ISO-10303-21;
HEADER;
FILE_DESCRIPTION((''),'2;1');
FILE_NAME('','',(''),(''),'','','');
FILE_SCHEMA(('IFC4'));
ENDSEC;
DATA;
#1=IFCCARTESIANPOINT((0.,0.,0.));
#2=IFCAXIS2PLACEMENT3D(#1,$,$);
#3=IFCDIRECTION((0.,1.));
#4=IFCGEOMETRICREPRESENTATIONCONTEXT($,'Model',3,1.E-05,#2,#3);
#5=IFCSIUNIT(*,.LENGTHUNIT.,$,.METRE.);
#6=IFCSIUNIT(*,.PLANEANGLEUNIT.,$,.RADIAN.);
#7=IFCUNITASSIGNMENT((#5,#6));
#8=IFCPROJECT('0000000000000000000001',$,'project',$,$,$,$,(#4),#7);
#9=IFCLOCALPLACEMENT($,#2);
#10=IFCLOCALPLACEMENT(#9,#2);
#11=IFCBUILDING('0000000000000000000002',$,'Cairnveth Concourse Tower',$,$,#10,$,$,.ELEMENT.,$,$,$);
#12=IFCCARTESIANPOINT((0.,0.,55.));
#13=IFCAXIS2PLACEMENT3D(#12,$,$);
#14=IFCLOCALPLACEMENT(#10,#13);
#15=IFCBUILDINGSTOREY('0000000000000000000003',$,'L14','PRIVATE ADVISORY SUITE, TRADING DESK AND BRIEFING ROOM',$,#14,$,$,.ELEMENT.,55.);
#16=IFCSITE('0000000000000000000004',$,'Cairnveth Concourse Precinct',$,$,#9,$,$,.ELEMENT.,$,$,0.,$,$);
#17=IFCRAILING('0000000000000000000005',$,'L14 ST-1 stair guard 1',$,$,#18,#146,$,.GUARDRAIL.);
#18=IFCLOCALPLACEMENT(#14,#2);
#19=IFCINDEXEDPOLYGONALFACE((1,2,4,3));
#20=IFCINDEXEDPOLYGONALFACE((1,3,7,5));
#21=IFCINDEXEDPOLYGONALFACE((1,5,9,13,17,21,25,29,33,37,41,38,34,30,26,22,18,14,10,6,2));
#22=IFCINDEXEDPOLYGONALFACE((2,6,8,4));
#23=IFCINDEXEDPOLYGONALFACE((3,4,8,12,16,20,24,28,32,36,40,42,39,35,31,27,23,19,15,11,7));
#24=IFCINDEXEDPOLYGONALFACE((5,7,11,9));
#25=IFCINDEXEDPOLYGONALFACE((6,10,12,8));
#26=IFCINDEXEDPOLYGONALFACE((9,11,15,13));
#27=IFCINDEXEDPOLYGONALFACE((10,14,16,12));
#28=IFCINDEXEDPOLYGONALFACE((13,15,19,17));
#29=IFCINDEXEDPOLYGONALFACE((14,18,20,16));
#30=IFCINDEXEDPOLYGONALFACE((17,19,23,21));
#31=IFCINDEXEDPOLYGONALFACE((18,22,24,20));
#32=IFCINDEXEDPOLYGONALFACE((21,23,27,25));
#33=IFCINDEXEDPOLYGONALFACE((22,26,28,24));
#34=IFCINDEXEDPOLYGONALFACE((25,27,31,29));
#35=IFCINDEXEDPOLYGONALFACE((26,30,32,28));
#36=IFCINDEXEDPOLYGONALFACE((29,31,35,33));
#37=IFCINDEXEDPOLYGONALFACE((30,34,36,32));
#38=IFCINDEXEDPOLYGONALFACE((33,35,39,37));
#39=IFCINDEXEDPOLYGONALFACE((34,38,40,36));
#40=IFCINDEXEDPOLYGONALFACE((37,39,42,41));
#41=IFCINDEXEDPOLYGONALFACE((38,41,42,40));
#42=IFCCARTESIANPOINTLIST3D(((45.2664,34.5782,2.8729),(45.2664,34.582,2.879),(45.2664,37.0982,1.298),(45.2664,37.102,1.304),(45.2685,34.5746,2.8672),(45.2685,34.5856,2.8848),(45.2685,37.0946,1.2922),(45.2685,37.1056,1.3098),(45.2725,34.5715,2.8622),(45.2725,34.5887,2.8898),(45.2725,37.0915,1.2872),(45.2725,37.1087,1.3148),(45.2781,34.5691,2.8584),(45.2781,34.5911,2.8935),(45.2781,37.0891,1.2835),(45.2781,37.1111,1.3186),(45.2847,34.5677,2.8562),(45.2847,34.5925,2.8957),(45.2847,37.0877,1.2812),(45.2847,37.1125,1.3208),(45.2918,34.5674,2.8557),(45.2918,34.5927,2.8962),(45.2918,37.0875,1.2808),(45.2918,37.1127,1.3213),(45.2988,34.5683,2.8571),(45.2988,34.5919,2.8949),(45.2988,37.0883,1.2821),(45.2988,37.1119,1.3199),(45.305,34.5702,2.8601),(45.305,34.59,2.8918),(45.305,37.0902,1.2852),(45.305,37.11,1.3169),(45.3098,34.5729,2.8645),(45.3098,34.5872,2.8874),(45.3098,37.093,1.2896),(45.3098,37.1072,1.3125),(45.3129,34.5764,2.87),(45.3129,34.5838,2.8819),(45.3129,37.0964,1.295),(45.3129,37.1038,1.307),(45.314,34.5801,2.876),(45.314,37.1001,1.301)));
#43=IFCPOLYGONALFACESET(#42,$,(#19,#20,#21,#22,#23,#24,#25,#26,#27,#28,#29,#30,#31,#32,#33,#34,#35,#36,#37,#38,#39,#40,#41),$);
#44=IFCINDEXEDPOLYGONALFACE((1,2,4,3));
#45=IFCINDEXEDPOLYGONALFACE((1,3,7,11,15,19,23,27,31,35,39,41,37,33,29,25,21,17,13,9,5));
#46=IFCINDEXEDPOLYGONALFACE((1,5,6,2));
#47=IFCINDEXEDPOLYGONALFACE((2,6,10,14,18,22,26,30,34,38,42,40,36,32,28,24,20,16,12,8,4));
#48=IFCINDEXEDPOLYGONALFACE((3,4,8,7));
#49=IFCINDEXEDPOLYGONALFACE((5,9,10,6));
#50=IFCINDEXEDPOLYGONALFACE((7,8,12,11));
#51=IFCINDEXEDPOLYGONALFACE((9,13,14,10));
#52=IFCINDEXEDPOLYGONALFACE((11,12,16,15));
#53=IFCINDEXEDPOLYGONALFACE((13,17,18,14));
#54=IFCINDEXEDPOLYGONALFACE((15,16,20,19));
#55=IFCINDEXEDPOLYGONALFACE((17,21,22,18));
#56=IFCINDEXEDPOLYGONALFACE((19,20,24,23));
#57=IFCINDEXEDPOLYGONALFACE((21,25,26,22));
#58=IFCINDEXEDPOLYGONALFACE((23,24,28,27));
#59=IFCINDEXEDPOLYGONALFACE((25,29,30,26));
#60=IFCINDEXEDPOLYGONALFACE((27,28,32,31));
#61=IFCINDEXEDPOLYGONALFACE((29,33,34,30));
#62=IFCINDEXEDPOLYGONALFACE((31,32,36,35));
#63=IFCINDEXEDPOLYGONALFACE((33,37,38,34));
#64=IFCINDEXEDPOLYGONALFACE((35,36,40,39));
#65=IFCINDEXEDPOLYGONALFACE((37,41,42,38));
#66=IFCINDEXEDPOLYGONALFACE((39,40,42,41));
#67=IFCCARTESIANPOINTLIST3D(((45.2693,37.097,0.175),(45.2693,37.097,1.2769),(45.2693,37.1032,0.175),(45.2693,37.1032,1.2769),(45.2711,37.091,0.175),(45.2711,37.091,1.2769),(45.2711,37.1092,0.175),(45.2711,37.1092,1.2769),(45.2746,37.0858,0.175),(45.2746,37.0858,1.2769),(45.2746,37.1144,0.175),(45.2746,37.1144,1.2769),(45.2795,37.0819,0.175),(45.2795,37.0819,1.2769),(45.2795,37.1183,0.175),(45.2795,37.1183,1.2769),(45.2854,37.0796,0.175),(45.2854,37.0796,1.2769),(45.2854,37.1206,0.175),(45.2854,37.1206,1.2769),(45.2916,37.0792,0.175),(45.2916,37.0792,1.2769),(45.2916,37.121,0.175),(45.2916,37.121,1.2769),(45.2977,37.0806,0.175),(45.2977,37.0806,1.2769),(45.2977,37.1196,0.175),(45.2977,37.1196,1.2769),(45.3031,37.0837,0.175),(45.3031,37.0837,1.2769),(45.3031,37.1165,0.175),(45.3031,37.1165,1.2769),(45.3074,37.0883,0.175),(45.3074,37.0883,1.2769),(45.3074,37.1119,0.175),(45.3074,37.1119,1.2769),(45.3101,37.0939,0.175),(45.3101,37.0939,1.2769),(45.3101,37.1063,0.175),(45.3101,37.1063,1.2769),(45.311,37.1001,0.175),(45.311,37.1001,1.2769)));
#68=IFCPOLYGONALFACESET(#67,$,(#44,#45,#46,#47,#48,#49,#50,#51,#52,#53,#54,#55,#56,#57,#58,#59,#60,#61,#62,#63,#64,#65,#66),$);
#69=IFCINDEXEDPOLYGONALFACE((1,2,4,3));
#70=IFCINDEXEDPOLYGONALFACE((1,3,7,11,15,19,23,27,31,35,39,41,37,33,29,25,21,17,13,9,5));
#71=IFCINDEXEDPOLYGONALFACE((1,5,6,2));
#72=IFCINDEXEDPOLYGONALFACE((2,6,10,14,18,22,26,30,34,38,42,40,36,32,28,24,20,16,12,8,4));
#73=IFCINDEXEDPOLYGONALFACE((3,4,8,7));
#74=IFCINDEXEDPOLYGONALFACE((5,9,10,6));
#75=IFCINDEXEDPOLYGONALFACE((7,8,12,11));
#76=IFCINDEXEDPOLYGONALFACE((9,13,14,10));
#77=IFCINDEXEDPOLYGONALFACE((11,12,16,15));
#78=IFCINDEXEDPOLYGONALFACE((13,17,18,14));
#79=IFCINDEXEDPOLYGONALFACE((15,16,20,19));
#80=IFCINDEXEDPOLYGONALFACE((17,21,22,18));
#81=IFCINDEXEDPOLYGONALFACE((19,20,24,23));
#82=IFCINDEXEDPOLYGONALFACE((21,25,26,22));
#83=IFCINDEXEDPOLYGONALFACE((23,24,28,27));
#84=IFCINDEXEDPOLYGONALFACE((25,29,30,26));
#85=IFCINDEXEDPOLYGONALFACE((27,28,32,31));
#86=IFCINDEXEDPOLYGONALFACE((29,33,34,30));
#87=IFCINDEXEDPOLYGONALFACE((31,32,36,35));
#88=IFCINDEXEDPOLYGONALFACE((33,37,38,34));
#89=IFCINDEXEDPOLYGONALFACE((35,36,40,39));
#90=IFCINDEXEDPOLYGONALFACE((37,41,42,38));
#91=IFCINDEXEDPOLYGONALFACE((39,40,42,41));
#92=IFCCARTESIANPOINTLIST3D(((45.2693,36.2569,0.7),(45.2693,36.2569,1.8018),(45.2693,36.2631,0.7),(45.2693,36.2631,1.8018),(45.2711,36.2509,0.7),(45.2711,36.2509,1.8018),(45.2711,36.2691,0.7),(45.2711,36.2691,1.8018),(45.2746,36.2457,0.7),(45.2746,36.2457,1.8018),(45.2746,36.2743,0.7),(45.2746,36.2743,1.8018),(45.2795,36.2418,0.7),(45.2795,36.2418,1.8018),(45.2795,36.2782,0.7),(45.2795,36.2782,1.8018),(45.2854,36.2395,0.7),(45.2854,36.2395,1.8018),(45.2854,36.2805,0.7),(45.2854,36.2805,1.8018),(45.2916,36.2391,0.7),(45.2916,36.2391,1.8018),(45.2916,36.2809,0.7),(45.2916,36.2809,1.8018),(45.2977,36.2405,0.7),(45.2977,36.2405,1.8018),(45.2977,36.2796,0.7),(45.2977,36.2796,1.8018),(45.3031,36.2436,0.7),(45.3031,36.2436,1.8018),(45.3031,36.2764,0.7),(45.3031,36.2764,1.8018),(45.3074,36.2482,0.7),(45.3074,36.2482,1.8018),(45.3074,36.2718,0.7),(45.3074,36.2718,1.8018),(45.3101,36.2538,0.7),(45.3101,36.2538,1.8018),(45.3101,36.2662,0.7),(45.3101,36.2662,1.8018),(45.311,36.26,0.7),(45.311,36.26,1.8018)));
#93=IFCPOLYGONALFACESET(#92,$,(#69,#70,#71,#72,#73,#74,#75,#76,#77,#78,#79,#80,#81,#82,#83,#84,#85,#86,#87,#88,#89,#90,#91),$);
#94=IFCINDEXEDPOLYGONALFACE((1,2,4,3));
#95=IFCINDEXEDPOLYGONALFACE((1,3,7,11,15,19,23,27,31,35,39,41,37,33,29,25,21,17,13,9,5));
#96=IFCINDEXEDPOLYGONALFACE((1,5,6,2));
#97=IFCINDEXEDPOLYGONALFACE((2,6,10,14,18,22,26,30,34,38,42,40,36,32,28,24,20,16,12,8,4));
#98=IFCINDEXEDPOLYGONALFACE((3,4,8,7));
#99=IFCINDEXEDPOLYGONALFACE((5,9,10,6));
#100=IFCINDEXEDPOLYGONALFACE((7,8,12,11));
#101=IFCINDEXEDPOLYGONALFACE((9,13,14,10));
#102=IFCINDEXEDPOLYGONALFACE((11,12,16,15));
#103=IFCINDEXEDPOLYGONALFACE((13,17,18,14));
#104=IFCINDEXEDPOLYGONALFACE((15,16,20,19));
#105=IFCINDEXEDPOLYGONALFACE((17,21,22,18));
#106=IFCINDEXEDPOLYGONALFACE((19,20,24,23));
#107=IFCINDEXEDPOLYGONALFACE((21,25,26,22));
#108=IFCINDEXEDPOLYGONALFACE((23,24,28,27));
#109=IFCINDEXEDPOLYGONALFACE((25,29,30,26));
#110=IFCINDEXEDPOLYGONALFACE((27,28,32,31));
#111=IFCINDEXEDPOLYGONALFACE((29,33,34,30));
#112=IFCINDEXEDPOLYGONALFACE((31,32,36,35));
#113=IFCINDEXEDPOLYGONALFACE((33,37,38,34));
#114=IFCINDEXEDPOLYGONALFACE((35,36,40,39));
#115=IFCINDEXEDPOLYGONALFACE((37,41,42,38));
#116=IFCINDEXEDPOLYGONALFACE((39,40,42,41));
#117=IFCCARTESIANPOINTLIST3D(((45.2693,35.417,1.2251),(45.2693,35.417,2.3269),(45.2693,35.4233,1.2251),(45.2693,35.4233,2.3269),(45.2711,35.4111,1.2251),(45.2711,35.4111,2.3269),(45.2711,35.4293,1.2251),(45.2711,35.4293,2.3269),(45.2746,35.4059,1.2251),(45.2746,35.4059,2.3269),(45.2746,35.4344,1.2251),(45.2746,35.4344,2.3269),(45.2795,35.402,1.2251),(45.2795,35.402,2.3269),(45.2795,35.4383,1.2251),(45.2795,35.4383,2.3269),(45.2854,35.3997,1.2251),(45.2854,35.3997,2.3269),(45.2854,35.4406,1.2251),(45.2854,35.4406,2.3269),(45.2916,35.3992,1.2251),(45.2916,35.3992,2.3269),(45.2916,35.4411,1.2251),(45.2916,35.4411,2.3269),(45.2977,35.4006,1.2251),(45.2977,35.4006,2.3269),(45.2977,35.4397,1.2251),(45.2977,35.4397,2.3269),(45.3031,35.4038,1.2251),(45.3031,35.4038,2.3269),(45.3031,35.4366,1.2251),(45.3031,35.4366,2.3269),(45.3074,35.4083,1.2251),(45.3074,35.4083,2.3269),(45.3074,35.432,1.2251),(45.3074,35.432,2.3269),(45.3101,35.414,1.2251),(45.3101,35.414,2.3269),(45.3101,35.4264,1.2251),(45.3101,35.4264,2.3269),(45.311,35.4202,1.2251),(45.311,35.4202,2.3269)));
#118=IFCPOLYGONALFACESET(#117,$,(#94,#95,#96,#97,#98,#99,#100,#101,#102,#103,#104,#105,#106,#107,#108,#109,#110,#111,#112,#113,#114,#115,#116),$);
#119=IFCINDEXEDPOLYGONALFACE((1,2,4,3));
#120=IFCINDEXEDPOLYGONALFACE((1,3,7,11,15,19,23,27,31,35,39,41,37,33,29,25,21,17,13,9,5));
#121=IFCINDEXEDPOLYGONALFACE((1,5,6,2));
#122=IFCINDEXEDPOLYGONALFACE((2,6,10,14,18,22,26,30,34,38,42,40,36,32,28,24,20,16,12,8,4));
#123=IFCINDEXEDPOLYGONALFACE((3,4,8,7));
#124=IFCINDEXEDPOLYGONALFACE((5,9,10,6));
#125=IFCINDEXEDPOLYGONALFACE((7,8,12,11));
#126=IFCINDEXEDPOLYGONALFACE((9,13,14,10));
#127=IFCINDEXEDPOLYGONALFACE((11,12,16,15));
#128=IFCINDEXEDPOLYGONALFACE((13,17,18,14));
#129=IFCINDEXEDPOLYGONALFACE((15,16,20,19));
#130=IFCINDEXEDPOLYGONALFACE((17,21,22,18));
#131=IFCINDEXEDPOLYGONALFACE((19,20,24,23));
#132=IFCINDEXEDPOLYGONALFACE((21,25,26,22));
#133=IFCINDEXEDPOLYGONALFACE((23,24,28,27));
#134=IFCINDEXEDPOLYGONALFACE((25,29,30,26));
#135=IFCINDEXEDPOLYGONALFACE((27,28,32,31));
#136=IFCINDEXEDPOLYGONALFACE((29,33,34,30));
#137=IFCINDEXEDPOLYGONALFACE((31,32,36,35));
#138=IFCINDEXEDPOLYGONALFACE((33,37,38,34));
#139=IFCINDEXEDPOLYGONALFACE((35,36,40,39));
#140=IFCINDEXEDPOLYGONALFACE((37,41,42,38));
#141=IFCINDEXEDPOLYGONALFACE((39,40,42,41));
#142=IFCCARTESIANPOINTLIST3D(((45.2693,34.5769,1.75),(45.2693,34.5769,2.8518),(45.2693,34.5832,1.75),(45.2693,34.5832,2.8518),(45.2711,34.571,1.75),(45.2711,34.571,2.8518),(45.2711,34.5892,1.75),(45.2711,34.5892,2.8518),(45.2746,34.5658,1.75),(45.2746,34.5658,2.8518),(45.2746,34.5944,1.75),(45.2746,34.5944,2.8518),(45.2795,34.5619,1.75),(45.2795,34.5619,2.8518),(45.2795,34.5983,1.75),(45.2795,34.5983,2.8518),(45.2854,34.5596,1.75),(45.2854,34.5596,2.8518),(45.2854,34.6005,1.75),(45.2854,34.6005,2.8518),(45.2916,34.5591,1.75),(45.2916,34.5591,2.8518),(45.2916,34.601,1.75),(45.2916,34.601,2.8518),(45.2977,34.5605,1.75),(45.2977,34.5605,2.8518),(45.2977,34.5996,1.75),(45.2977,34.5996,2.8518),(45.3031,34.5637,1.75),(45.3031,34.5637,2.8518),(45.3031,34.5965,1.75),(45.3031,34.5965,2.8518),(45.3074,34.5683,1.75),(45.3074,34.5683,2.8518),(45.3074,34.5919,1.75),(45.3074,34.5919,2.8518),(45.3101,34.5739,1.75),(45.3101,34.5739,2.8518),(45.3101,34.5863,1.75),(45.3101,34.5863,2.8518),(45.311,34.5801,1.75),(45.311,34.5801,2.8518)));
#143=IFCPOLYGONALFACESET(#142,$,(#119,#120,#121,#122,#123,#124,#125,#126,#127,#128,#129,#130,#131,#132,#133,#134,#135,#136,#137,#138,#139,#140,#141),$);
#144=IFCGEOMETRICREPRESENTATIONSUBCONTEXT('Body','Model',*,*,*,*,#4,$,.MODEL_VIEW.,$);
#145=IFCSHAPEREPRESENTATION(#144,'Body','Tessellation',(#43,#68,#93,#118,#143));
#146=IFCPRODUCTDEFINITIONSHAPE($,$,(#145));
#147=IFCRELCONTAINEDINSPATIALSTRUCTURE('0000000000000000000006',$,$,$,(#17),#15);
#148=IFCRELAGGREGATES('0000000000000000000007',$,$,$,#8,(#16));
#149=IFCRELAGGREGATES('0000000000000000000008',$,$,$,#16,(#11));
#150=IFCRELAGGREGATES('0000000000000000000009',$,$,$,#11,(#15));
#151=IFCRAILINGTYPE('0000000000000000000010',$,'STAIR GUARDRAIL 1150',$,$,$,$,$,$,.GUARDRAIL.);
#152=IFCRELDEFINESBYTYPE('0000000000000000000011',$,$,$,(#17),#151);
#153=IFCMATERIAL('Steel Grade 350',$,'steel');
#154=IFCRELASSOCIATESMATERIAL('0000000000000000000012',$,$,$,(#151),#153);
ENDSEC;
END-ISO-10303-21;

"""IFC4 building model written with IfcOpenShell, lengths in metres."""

from ifc_helpers import new_model, si_unit, direction, frame, origin, origin_2d, place, context, subcontext, project, spatial, circle, extrude, material, type_object, element, save


model = new_model("IFC4")

# Units and contexts
model_context = context("Model", 3, precision=1e-05, world=origin(), true_north=direction((0.0, 1.0)))
body_context = subcontext(model_context, "Body", "Model", "MODEL_VIEW")
ifc_project = project(units=[si_unit("LENGTHUNIT", "METRE"), si_unit("PLANEANGLEUNIT", "RADIAN")], contexts=[model_context])

# Site, building, storey
site_placement = place(None, origin())
site = spatial("IfcSite", under=ifc_project, at=site_placement, Name="Cairnveth Concourse Precinct", CompositionType="ELEMENT", RefElevation=0.0)
building_placement = place(site_placement, origin())
building = spatial("IfcBuilding", under=site, at=building_placement, Name="Cairnveth Concourse Tower", CompositionType="ELEMENT")
storey_placement = place(building_placement, frame((0.0, 0.0, 55.0)))
storey = spatial("IfcBuildingStorey", under=building, at=storey_placement, Name="L14", Description="PRIVATE ADVISORY SUITE, TRADING DESK AND BRIEFING ROOM", CompositionType="ELEMENT", Elevation=55.0)

# Shared definitions
ifc_material_1 = material(Name="Steel Grade 350", Category="steel")

# Railing
railing_type_1 = type_object("IfcRailingType", Name="STAIR GUARDRAIL 1150", PredefinedType="GUARDRAIL", material=ifc_material_1)
railing_1_placement = place(storey_placement, frame((45.29, 37.1001, 0.175)))
element("IfcRailing", 1, at=railing_1_placement, inside=storey, type_object=railing_type_1, Name="L14 ST-1 stair guard 1", PredefinedType="GUARDRAIL", context=body_context, shape_type="SweptSolid", body=[
    extrude(circle(Radius=0.0239, at=origin_2d()), frame((0.0, 0.0, 1.126), z_axis=(0.0, -0.848008, 0.529984), x_axis=(1.0, 0.0, 0.0)), (0.0, 0.0, 1.0), 2.9717),
    extrude(circle(Radius=0.021, at=origin_2d()), origin(), (0.0, 0.0, 1.0), 1.1018),
    extrude(circle(Radius=0.021, at=origin_2d()), frame((0.0, -0.8401, 0.5249)), (0.0, 0.0, 1.0), 1.1018),
    extrude(circle(Radius=0.021, at=origin_2d()), frame((0.0, -1.6799, 1.05)), (0.0, 0.0, 1.0), 1.1018),
    extrude(circle(Radius=0.021, at=origin_2d()), frame((0.0, -2.52, 1.575)), (0.0, 0.0, 1.0), 1.1018),
])

save(model, "model.ifc")
